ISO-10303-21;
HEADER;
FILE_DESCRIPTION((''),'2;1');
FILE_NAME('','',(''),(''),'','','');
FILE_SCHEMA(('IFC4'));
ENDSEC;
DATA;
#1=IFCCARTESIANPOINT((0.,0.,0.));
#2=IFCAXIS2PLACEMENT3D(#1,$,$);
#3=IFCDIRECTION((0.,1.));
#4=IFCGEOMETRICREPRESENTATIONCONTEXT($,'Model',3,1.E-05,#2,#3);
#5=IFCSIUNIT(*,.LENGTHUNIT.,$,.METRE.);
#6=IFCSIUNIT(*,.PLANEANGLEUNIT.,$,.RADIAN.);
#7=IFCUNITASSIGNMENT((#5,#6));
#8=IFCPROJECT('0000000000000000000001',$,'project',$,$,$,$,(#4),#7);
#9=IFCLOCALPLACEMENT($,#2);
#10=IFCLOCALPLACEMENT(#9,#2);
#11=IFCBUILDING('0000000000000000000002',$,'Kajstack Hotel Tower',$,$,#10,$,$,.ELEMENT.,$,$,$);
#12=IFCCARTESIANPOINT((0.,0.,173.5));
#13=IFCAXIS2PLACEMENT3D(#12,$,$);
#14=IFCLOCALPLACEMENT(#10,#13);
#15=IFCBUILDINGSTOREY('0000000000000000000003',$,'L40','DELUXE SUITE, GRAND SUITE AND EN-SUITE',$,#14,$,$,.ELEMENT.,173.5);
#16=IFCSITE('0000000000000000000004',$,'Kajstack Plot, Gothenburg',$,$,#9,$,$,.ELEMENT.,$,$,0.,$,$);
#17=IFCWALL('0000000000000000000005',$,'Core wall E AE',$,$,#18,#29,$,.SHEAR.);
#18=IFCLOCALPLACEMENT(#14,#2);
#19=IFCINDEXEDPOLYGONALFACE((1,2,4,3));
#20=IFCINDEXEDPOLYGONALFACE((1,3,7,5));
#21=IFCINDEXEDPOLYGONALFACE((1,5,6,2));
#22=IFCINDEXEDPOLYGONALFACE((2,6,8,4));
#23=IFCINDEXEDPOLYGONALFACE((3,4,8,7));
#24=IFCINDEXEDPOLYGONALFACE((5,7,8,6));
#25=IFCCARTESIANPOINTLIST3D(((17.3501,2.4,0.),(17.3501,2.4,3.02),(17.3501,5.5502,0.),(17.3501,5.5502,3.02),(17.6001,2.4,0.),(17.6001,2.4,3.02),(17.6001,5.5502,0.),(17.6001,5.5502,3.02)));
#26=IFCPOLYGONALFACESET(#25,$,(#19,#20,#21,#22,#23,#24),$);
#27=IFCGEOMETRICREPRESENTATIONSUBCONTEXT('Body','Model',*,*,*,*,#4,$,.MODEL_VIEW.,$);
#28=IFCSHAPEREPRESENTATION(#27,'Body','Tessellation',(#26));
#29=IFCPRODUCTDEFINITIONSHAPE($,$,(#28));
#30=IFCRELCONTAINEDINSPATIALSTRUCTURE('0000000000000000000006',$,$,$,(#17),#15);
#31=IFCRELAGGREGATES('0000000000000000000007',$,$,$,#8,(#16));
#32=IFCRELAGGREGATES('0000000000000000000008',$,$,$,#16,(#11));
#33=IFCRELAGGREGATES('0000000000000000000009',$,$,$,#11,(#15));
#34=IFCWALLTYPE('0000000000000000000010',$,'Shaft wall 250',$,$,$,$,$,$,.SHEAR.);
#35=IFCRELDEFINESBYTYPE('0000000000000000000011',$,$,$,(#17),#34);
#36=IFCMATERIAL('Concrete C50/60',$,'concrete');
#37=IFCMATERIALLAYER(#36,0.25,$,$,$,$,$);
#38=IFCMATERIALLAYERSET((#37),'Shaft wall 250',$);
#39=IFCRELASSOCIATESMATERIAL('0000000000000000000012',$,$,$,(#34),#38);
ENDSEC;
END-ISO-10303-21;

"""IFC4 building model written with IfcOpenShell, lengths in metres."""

from ifc_helpers import new_model, si_unit, direction, frame, frame_2d, origin, place, context, subcontext, project, spatial, rectangle, extrude, material, layer, layer_set, type_object, element, save


model = new_model("IFC4")

# Units and contexts
model_context = context("Model", 3, precision=1e-05, world=origin(), true_north=direction((0.0, 1.0)))
body_context = subcontext(model_context, "Body", "Model", "MODEL_VIEW")
ifc_project = project(units=[si_unit("LENGTHUNIT", "METRE"), si_unit("PLANEANGLEUNIT", "RADIAN")], contexts=[model_context])

# Site, building, storey
site_placement = place(None, origin())
site = spatial("IfcSite", under=ifc_project, at=site_placement, Name="Kajstack Plot, Gothenburg", CompositionType="ELEMENT", RefElevation=0.0)
building_placement = place(site_placement, origin())
building = spatial("IfcBuilding", under=site, at=building_placement, Name="Kajstack Hotel Tower", CompositionType="ELEMENT")
storey_placement = place(building_placement, frame((0.0, 0.0, 173.5)))
storey = spatial("IfcBuildingStorey", under=building, at=storey_placement, Name="L40", Description="DELUXE SUITE, GRAND SUITE AND EN-SUITE", CompositionType="ELEMENT", Elevation=173.5)

# Wall
ifc_material_1 = material(Name="Concrete C50/60", Category="concrete")
ifc_layer_1 = layer(ifc_material_1, 0.25)
ifc_layer_set_1 = layer_set([ifc_layer_1], Name="Shaft wall 250")
wall_type_1 = type_object("IfcWallType", Name="Shaft wall 250", PredefinedType="SHEAR", material=ifc_layer_set_1)
wall_1_placement = place(storey_placement, frame((17.4751, 2.3999, 0.0), z_axis=(0.0, 0.0, 1.0), x_axis=(0.0, 1.0, 0.0)))
element("IfcWall", 1, at=wall_1_placement, inside=storey, type_object=wall_type_1, Name="Core wall E AE", PredefinedType="SHEAR", context=body_context, shape_type="SweptSolid", body=[
    extrude(rectangle(XDim=3.1501, YDim=0.25, at=frame_2d((1.5752, 0.0))), origin(), (0.0, 0.0, 1.0), 3.02),
])

save(model, "model.ifc")
